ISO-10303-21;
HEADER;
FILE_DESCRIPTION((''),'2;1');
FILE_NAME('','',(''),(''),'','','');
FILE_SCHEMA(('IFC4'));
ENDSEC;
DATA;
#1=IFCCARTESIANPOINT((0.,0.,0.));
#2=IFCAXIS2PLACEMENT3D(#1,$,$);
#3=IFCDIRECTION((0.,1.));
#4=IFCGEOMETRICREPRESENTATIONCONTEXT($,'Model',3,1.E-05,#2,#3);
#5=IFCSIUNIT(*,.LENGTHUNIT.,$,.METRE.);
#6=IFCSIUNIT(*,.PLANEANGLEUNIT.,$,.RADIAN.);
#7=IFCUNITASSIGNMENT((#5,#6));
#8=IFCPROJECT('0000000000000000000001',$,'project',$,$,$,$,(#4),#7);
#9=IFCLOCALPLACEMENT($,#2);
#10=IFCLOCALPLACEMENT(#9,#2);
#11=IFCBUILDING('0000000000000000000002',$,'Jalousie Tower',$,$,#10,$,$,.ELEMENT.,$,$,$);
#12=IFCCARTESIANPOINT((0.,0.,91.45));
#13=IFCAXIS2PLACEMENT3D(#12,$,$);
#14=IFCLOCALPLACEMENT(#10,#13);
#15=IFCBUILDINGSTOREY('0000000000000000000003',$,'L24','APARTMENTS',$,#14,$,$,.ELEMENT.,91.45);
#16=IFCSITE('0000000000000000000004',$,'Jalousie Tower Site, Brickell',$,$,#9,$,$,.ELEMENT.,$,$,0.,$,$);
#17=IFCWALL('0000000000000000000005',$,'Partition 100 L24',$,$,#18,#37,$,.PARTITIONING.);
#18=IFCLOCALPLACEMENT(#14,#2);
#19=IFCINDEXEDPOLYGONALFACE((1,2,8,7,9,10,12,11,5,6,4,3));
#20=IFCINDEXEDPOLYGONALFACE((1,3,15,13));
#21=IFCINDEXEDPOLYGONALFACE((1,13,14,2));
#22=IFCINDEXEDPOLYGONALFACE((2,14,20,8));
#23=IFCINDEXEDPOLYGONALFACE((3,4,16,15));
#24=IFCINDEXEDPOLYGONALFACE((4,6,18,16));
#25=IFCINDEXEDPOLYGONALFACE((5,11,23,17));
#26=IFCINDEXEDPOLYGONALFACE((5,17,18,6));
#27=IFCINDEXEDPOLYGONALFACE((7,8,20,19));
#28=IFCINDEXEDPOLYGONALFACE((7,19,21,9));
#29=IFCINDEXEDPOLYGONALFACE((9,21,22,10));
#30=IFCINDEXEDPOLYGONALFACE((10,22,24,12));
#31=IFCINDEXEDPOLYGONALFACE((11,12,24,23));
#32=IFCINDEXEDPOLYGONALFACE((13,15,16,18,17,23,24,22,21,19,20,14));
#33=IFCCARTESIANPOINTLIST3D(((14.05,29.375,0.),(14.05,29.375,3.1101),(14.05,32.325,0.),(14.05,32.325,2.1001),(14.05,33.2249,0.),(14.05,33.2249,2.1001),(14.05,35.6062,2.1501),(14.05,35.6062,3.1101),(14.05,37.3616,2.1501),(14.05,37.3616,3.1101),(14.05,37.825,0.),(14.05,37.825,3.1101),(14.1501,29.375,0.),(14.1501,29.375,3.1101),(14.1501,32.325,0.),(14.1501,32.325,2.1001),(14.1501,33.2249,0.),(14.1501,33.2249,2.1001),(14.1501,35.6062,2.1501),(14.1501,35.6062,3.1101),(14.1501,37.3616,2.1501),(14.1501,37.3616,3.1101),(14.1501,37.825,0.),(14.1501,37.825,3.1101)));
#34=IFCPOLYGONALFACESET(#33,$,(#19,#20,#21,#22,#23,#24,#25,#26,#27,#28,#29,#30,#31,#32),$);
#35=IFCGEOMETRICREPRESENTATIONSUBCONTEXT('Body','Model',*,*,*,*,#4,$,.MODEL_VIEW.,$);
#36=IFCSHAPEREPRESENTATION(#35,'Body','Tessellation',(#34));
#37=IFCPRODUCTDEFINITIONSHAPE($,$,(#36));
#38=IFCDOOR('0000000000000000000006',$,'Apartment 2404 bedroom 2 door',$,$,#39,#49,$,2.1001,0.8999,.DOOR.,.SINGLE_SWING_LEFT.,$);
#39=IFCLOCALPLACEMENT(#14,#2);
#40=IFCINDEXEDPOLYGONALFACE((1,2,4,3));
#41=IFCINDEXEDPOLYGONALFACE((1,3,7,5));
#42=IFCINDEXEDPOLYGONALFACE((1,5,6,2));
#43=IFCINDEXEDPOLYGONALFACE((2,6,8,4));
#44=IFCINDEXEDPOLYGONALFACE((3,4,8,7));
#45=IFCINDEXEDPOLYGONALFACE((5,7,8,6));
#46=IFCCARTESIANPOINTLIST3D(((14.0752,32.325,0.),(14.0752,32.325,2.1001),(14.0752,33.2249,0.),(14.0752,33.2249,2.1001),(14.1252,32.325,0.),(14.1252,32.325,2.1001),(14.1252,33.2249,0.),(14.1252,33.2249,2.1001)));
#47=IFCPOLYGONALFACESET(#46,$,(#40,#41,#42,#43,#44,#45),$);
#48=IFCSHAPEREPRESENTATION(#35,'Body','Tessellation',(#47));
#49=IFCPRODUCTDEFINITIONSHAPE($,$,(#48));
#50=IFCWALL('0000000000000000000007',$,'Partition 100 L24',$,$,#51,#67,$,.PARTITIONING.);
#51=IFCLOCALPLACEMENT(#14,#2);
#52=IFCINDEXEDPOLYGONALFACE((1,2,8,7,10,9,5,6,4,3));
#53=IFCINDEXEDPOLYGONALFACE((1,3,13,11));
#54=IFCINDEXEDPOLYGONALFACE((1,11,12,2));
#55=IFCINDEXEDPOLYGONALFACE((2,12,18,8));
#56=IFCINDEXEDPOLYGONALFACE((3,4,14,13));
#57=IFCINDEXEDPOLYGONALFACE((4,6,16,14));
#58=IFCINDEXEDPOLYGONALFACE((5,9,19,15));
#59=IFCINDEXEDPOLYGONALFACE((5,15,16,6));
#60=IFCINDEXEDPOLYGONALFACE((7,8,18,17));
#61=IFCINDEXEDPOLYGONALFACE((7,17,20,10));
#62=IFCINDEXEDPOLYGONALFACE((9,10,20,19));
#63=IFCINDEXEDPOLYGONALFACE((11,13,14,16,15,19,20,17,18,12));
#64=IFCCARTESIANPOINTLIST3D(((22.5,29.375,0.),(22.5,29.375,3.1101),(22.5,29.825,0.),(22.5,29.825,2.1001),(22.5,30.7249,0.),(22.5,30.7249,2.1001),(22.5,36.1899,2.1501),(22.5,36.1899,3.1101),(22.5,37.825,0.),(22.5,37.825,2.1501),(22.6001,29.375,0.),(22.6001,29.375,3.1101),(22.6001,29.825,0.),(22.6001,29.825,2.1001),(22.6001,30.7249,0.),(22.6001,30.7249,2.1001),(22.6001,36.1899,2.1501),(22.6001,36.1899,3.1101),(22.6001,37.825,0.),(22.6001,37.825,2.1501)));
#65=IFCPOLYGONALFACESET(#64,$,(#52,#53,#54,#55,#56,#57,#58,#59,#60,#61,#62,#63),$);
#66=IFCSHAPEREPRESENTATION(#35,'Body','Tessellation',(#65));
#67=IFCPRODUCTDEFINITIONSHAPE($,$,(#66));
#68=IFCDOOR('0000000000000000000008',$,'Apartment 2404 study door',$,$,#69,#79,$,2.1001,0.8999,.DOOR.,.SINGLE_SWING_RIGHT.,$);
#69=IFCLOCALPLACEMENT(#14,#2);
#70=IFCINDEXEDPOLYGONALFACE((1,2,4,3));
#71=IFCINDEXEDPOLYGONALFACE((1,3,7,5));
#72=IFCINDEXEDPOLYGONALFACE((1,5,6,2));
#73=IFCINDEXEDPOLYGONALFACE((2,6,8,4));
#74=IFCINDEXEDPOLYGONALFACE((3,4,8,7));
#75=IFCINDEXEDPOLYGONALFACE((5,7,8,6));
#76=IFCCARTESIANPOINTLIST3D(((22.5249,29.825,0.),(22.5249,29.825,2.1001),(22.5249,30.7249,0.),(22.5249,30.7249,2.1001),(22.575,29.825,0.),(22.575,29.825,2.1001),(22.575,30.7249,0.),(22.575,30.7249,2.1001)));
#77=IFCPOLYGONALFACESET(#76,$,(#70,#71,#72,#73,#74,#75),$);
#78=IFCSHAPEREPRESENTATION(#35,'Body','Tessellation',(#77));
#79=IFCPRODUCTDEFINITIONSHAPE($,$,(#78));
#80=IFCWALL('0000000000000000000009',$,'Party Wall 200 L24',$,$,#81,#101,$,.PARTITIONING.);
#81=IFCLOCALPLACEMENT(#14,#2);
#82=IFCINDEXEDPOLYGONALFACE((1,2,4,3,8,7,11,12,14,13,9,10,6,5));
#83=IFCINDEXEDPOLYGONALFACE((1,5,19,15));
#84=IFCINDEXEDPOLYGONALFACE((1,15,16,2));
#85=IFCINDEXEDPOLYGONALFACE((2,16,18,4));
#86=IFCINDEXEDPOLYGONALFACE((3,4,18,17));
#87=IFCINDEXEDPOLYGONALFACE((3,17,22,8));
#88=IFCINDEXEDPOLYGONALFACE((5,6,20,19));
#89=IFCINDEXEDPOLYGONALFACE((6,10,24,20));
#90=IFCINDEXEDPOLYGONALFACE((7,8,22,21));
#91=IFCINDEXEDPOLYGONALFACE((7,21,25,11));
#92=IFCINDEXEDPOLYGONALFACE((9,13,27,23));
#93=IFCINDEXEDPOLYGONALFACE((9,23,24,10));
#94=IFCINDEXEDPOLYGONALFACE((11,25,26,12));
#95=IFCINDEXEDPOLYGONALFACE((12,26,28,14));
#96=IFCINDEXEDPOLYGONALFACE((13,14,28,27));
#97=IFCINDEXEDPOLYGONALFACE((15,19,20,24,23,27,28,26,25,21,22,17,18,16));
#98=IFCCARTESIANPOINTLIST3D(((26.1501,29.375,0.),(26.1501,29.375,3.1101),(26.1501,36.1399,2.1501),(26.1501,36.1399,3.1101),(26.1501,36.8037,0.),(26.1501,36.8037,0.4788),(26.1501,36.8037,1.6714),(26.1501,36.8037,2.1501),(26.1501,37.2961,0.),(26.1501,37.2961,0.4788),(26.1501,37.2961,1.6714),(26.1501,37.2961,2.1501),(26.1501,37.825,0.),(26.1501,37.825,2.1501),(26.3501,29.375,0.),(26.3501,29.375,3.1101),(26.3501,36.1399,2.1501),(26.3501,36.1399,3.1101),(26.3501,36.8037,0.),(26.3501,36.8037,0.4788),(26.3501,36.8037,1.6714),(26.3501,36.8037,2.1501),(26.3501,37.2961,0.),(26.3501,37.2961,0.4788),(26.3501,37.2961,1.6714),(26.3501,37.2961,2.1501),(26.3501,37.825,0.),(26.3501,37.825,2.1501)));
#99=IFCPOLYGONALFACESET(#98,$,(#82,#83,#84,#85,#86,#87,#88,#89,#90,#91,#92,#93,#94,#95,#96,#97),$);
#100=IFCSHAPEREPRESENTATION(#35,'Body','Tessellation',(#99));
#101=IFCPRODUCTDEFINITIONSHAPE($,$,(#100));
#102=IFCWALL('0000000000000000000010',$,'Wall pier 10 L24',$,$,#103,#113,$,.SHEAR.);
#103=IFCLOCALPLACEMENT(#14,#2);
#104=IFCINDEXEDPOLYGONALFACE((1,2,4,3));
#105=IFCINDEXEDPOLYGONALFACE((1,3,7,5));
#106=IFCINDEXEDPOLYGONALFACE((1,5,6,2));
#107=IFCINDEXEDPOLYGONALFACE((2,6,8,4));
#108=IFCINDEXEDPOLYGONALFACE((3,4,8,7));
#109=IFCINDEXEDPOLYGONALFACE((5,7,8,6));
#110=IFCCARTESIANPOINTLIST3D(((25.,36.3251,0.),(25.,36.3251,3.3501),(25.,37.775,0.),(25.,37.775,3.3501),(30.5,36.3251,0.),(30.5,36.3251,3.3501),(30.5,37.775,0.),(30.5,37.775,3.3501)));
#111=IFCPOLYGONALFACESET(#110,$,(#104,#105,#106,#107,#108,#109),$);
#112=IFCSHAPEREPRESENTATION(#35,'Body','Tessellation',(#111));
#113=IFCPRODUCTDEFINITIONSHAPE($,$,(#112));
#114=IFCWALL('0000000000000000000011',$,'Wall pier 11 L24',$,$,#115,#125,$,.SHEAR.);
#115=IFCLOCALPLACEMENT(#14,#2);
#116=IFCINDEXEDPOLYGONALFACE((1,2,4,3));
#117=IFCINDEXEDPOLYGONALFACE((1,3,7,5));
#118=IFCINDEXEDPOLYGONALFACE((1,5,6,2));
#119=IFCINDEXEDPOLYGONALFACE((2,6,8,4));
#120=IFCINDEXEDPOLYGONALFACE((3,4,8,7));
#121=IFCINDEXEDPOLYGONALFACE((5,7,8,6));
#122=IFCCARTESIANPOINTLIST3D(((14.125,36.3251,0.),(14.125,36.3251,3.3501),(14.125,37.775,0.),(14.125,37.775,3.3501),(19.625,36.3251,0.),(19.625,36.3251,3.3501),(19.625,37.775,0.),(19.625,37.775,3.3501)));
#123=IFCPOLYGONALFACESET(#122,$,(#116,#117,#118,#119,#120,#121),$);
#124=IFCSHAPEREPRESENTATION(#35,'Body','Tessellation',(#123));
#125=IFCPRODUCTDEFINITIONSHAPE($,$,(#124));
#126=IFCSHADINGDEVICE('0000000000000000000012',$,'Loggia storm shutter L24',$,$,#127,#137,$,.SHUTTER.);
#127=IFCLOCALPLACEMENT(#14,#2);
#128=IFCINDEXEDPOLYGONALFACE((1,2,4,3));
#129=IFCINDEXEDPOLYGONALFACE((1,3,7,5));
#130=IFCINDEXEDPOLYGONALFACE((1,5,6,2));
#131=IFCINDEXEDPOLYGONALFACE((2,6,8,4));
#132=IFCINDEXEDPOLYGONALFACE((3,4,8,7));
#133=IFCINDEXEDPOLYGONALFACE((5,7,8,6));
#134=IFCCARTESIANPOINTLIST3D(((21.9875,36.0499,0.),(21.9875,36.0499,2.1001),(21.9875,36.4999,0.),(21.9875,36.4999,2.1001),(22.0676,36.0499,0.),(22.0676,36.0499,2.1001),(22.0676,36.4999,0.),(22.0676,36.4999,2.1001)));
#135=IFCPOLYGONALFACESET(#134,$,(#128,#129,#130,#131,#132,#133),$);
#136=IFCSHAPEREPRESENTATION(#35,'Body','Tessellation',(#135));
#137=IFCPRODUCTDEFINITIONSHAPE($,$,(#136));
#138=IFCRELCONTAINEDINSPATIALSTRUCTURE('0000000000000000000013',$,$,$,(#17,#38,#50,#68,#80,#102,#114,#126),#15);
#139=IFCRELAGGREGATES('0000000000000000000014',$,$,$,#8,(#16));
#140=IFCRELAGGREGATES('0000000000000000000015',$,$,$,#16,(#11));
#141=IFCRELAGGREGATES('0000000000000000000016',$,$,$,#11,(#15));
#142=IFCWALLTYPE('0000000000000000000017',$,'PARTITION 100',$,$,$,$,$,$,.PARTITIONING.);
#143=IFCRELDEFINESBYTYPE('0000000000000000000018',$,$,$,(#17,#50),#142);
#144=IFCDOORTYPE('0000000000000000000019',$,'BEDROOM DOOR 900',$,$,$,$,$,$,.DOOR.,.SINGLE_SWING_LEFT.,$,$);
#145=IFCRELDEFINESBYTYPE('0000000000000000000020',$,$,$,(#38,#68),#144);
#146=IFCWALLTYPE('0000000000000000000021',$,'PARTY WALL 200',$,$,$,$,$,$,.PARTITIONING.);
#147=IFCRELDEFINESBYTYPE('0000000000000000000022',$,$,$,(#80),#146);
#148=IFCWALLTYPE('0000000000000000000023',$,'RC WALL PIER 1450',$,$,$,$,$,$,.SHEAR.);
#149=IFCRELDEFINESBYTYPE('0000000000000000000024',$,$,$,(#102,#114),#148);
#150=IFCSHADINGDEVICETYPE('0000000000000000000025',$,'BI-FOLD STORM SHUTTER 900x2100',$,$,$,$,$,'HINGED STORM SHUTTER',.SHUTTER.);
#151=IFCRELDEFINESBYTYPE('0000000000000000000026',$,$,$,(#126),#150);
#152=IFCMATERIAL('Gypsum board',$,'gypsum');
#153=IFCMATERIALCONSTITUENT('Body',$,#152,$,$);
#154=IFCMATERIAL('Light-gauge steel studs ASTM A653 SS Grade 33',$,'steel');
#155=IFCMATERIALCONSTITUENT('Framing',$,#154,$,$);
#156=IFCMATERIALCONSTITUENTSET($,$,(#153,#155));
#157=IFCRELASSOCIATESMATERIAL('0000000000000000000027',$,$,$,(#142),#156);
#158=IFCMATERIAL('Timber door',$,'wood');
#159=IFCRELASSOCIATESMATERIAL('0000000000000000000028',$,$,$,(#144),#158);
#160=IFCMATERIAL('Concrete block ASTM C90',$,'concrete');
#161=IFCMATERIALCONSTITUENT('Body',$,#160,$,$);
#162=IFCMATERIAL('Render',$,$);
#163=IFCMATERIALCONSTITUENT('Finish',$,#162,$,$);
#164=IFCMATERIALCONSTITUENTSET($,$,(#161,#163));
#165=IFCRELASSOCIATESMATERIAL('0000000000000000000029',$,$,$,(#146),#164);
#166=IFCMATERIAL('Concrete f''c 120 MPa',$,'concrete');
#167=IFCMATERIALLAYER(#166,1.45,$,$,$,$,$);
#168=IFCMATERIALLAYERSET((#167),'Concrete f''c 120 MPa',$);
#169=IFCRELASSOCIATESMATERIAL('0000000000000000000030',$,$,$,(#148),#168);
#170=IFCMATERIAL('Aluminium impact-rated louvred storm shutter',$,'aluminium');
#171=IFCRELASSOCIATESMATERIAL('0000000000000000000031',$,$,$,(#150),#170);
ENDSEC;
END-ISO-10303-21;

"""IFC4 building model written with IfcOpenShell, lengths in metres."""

from ifc_helpers import new_model, si_unit, direction, frame, frame_2d, origin, origin_2d, place, context, subcontext, project, spatial, polyline, rectangle, outline, extrude, material, layer, layer_set, constituent, constituent_set, type_object, element, fill, save


model = new_model("IFC4")

# Units and contexts
model_context = context("Model", 3, precision=1e-05, world=origin(), true_north=direction((0.0, 1.0)))
body_context = subcontext(model_context, "Body", "Model", "MODEL_VIEW")
ifc_project = project(units=[si_unit("LENGTHUNIT", "METRE"), si_unit("PLANEANGLEUNIT", "RADIAN")], contexts=[model_context])

# Site, building, storey
site_placement = place(None, origin())
site = spatial("IfcSite", under=ifc_project, at=site_placement, Name="Jalousie Tower Site, Brickell", CompositionType="ELEMENT", RefElevation=0.0)
building_placement = place(site_placement, origin())
building = spatial("IfcBuilding", under=site, at=building_placement, Name="Jalousie Tower", CompositionType="ELEMENT")
storey_placement = place(building_placement, frame((0.0, 0.0, 91.45)))
storey = spatial("IfcBuildingStorey", under=building, at=storey_placement, Name="L24", Description="APARTMENTS", CompositionType="ELEMENT", Elevation=91.45)

# Walls, openings, doors
ifc_material_1 = material(Name="Gypsum board", Category="gypsum")
ifc_constituent_1 = constituent(ifc_material_1, Name="Body")
ifc_material_2 = material(Name="Light-gauge steel studs ASTM A653 SS Grade 33", Category="steel")
ifc_constituent_2 = constituent(ifc_material_2, Name="Framing")
ifc_constituent_set_1 = constituent_set(constituents=[ifc_constituent_1, ifc_constituent_2])
wall_type_1 = type_object("IfcWallType", Name="PARTITION 100", PredefinedType="PARTITIONING", material=ifc_constituent_set_1)
wall_1_placement = place(storey_placement, frame((14.1001, 37.825, 0.0), z_axis=(0.0, 0.0, 1.0), x_axis=(0.0, -1.0, 0.0)))
wall_1 = element("IfcWall", 1, at=wall_1_placement, inside=storey, type_object=wall_type_1, Name="Partition 100 L24", PredefinedType="PARTITIONING", context=body_context, shape_type="SweptSolid", body=[
    extrude(outline(polyline([(0.0, 0.0), (8.45, 0.0), (8.45, 3.1101), (2.2188, 3.1101), (2.2188, 2.1501), (0.4634, 2.1501), (0.4634, 3.1101), (0.0, 3.1101), (0.0, 0.0)])), frame((0.0, 0.05, 0.0), z_axis=(0.0, -1.0, 0.0), x_axis=(1.0, 0.0, 0.0)), (0.0, 0.0, 1.0), 0.1001),
])
opening_1_placement = place(wall_1_placement, frame((4.6001, 0.0, 0.0)))
opening_1 = element("IfcOpeningElement", 2, at=opening_1_placement, cuts=wall_1, PredefinedType="OPENING", context=body_context, shape_type="SweptSolid", body=[
    extrude(rectangle(XDim=0.8999, YDim=2.1001, at=frame_2d((0.45, 1.05))), frame((0.0, 0.0601, 0.0), z_axis=(0.0, -1.0, 0.0), x_axis=(1.0, 0.0, 0.0)), (0.0, 0.0, 1.0), 0.1201),
])
ifc_material_3 = material(Name="Timber door", Category="wood")
door_type = type_object("IfcDoorType", Name="BEDROOM DOOR 900", OperationType="SINGLE_SWING_LEFT", PredefinedType="DOOR", material=ifc_material_3)
door_1_placement = place(opening_1_placement, frame((0.8999, 0.0, 0.0), z_axis=(0.0, 0.0, 1.0), x_axis=(-1.0, 0.0, 0.0)))
door_1 = element("IfcDoor", 3, at=door_1_placement, inside=storey, type_object=door_type, Name="Apartment 2404 bedroom 2 door", OperationType="SINGLE_SWING_LEFT", OverallHeight=2.1001, OverallWidth=0.8999, PredefinedType="DOOR", context=body_context, shape_type="SweptSolid", body=[
    extrude(rectangle(XDim=0.8999, YDim=2.1001, at=frame_2d((0.45, 1.05))), frame((0.0, 0.0249, 0.0), z_axis=(0.0, -1.0, 0.0), x_axis=(1.0, 0.0, 0.0)), (0.0, 0.0, 1.0), 0.05),
])
fill(opening_1, door_1)
wall_2_placement = place(storey_placement, frame((22.55, 37.825, 0.0), z_axis=(0.0, 0.0, 1.0), x_axis=(0.0, -1.0, 0.0)))
wall_2 = element("IfcWall", 4, at=wall_2_placement, inside=storey, type_object=wall_type_1, Name="Partition 100 L24", PredefinedType="PARTITIONING", context=body_context, shape_type="SweptSolid", body=[
    extrude(outline(polyline([(0.0, 0.0), (8.45, 0.0), (8.45, 3.1101), (1.635, 3.1101), (1.635, 2.1501), (0.0, 2.1501), (0.0, 3.1101), (0.0, 0.0)])), frame((0.0, 0.05, 0.0), z_axis=(0.0, -1.0, 0.0), x_axis=(1.0, 0.0, 0.0)), (0.0, 0.0, 1.0), 0.1001),
])
opening_2_placement = place(wall_2_placement, frame((7.1001, 0.0, 0.0)))
opening_2 = element("IfcOpeningElement", 5, at=opening_2_placement, cuts=wall_2, PredefinedType="OPENING", context=body_context, shape_type="SweptSolid", body=[
    extrude(rectangle(XDim=0.8999, YDim=2.1001, at=frame_2d((0.45, 1.05))), frame((0.0, 0.0601, 0.0), z_axis=(0.0, -1.0, 0.0), x_axis=(1.0, 0.0, 0.0)), (0.0, 0.0, 1.0), 0.1201),
])
door_2_placement = place(opening_2_placement, origin())
door_2 = element("IfcDoor", 6, at=door_2_placement, inside=storey, type_object=door_type, Name="Apartment 2404 study door", OperationType="SINGLE_SWING_RIGHT", OverallHeight=2.1001, OverallWidth=0.8999, PredefinedType="DOOR", context=body_context, shape_type="SweptSolid", body=[
    extrude(rectangle(XDim=0.8999, YDim=2.1001, at=frame_2d((0.45, 1.05))), frame((0.0, 0.0249, 0.0), z_axis=(0.0, -1.0, 0.0), x_axis=(1.0, 0.0, 0.0)), (0.0, 0.0, 1.0), 0.05),
])
fill(opening_2, door_2)

# Walls
ifc_material_4 = material(Name="Concrete block ASTM C90", Category="concrete")
ifc_constituent_3 = constituent(ifc_material_4, Name="Body")
ifc_material_5 = material(Name="Render")
ifc_constituent_4 = constituent(ifc_material_5, Name="Finish")
ifc_constituent_set_2 = constituent_set(constituents=[ifc_constituent_3, ifc_constituent_4])
wall_type_2 = type_object("IfcWallType", Name="PARTY WALL 200", PredefinedType="PARTITIONING", material=ifc_constituent_set_2)
wall_3_placement = place(storey_placement, frame((26.25, 37.825, 0.0), z_axis=(0.0, 0.0, 1.0), x_axis=(0.0, -1.0, 0.0)))
element("IfcWall", 7, at=wall_3_placement, inside=storey, type_object=wall_type_2, Name="Party Wall 200 L24", PredefinedType="PARTITIONING", context=body_context, shape_type="SweptSolid", body=[
    extrude(outline(polyline([(0.5288, 2.1501), (0.0, 2.1501), (0.0, 0.0), (0.5288, 0.0), (0.5288, 0.4788), (1.0212, 0.4788), (1.0212, 0.0), (8.45, 0.0), (8.45, 3.1101), (1.6851, 3.1101), (1.6851, 2.1501), (1.0212, 2.1501), (1.0212, 1.6714), (0.5288, 1.6714), (0.5288, 2.1501)])), frame((0.0, 0.1001, 0.0), z_axis=(0.0, -1.0, 0.0), x_axis=(1.0, 0.0, 0.0)), (0.0, 0.0, 1.0), 0.2),
])
ifc_material_6 = material(Name="Concrete f'c 120 MPa", Category="concrete")
ifc_layer_1 = layer(ifc_material_6, 1.45)
ifc_layer_set_1 = layer_set([ifc_layer_1], Name="Concrete f'c 120 MPa")
wall_type_3 = type_object("IfcWallType", Name="RC WALL PIER 1450", PredefinedType="SHEAR", material=ifc_layer_set_1)
for number, where, z_axis, x_axis, name in (
    (8, (25.0, 37.05, 0.0), (0.0, 0.0, 1.0), (1.0, 0.0, 0.0), "Wall pier 10 L24"),
    (9, (14.125, 37.05, 0.0), (0.0, 0.0, 1.0), (1.0, 0.0, 0.0), "Wall pier 11 L24"),
):
    element("IfcWall", number, at=place(storey_placement, frame(where, z_axis=z_axis, x_axis=x_axis)), inside=storey, type_object=wall_type_3, Name=name, PredefinedType="SHEAR", context=body_context, shape_type="SweptSolid", body=[
        extrude(rectangle(XDim=5.5, YDim=1.45, at=frame_2d((2.75, 0.0))), origin(), (0.0, 0.0, 1.0), 3.3501),
    ])

# Shading device
ifc_material_7 = material(Name="Aluminium impact-rated louvred storm shutter", Category="aluminium")
shading_device_type_1 = type_object("IfcShadingDeviceType", Name="BI-FOLD STORM SHUTTER 900x2100", ElementType="HINGED STORM SHUTTER", PredefinedType="SHUTTER", material=ifc_material_7)
shading_device_1_placement = place(storey_placement, frame((22.0276, 36.2749, 0.0), z_axis=(0.0, 0.0, 1.0), x_axis=(0.0, -1.0, 0.0)))
element("IfcShadingDevice", 10, at=shading_device_1_placement, inside=storey, type_object=shading_device_type_1, Name="Loggia storm shutter L24", PredefinedType="SHUTTER", context=body_context, shape_type="SweptSolid", body=[
    extrude(rectangle(XDim=0.45, YDim=0.0801, at=origin_2d()), origin(), (0.0, 0.0, 1.0), 2.1001),
])

save(model, "model.ifc")
